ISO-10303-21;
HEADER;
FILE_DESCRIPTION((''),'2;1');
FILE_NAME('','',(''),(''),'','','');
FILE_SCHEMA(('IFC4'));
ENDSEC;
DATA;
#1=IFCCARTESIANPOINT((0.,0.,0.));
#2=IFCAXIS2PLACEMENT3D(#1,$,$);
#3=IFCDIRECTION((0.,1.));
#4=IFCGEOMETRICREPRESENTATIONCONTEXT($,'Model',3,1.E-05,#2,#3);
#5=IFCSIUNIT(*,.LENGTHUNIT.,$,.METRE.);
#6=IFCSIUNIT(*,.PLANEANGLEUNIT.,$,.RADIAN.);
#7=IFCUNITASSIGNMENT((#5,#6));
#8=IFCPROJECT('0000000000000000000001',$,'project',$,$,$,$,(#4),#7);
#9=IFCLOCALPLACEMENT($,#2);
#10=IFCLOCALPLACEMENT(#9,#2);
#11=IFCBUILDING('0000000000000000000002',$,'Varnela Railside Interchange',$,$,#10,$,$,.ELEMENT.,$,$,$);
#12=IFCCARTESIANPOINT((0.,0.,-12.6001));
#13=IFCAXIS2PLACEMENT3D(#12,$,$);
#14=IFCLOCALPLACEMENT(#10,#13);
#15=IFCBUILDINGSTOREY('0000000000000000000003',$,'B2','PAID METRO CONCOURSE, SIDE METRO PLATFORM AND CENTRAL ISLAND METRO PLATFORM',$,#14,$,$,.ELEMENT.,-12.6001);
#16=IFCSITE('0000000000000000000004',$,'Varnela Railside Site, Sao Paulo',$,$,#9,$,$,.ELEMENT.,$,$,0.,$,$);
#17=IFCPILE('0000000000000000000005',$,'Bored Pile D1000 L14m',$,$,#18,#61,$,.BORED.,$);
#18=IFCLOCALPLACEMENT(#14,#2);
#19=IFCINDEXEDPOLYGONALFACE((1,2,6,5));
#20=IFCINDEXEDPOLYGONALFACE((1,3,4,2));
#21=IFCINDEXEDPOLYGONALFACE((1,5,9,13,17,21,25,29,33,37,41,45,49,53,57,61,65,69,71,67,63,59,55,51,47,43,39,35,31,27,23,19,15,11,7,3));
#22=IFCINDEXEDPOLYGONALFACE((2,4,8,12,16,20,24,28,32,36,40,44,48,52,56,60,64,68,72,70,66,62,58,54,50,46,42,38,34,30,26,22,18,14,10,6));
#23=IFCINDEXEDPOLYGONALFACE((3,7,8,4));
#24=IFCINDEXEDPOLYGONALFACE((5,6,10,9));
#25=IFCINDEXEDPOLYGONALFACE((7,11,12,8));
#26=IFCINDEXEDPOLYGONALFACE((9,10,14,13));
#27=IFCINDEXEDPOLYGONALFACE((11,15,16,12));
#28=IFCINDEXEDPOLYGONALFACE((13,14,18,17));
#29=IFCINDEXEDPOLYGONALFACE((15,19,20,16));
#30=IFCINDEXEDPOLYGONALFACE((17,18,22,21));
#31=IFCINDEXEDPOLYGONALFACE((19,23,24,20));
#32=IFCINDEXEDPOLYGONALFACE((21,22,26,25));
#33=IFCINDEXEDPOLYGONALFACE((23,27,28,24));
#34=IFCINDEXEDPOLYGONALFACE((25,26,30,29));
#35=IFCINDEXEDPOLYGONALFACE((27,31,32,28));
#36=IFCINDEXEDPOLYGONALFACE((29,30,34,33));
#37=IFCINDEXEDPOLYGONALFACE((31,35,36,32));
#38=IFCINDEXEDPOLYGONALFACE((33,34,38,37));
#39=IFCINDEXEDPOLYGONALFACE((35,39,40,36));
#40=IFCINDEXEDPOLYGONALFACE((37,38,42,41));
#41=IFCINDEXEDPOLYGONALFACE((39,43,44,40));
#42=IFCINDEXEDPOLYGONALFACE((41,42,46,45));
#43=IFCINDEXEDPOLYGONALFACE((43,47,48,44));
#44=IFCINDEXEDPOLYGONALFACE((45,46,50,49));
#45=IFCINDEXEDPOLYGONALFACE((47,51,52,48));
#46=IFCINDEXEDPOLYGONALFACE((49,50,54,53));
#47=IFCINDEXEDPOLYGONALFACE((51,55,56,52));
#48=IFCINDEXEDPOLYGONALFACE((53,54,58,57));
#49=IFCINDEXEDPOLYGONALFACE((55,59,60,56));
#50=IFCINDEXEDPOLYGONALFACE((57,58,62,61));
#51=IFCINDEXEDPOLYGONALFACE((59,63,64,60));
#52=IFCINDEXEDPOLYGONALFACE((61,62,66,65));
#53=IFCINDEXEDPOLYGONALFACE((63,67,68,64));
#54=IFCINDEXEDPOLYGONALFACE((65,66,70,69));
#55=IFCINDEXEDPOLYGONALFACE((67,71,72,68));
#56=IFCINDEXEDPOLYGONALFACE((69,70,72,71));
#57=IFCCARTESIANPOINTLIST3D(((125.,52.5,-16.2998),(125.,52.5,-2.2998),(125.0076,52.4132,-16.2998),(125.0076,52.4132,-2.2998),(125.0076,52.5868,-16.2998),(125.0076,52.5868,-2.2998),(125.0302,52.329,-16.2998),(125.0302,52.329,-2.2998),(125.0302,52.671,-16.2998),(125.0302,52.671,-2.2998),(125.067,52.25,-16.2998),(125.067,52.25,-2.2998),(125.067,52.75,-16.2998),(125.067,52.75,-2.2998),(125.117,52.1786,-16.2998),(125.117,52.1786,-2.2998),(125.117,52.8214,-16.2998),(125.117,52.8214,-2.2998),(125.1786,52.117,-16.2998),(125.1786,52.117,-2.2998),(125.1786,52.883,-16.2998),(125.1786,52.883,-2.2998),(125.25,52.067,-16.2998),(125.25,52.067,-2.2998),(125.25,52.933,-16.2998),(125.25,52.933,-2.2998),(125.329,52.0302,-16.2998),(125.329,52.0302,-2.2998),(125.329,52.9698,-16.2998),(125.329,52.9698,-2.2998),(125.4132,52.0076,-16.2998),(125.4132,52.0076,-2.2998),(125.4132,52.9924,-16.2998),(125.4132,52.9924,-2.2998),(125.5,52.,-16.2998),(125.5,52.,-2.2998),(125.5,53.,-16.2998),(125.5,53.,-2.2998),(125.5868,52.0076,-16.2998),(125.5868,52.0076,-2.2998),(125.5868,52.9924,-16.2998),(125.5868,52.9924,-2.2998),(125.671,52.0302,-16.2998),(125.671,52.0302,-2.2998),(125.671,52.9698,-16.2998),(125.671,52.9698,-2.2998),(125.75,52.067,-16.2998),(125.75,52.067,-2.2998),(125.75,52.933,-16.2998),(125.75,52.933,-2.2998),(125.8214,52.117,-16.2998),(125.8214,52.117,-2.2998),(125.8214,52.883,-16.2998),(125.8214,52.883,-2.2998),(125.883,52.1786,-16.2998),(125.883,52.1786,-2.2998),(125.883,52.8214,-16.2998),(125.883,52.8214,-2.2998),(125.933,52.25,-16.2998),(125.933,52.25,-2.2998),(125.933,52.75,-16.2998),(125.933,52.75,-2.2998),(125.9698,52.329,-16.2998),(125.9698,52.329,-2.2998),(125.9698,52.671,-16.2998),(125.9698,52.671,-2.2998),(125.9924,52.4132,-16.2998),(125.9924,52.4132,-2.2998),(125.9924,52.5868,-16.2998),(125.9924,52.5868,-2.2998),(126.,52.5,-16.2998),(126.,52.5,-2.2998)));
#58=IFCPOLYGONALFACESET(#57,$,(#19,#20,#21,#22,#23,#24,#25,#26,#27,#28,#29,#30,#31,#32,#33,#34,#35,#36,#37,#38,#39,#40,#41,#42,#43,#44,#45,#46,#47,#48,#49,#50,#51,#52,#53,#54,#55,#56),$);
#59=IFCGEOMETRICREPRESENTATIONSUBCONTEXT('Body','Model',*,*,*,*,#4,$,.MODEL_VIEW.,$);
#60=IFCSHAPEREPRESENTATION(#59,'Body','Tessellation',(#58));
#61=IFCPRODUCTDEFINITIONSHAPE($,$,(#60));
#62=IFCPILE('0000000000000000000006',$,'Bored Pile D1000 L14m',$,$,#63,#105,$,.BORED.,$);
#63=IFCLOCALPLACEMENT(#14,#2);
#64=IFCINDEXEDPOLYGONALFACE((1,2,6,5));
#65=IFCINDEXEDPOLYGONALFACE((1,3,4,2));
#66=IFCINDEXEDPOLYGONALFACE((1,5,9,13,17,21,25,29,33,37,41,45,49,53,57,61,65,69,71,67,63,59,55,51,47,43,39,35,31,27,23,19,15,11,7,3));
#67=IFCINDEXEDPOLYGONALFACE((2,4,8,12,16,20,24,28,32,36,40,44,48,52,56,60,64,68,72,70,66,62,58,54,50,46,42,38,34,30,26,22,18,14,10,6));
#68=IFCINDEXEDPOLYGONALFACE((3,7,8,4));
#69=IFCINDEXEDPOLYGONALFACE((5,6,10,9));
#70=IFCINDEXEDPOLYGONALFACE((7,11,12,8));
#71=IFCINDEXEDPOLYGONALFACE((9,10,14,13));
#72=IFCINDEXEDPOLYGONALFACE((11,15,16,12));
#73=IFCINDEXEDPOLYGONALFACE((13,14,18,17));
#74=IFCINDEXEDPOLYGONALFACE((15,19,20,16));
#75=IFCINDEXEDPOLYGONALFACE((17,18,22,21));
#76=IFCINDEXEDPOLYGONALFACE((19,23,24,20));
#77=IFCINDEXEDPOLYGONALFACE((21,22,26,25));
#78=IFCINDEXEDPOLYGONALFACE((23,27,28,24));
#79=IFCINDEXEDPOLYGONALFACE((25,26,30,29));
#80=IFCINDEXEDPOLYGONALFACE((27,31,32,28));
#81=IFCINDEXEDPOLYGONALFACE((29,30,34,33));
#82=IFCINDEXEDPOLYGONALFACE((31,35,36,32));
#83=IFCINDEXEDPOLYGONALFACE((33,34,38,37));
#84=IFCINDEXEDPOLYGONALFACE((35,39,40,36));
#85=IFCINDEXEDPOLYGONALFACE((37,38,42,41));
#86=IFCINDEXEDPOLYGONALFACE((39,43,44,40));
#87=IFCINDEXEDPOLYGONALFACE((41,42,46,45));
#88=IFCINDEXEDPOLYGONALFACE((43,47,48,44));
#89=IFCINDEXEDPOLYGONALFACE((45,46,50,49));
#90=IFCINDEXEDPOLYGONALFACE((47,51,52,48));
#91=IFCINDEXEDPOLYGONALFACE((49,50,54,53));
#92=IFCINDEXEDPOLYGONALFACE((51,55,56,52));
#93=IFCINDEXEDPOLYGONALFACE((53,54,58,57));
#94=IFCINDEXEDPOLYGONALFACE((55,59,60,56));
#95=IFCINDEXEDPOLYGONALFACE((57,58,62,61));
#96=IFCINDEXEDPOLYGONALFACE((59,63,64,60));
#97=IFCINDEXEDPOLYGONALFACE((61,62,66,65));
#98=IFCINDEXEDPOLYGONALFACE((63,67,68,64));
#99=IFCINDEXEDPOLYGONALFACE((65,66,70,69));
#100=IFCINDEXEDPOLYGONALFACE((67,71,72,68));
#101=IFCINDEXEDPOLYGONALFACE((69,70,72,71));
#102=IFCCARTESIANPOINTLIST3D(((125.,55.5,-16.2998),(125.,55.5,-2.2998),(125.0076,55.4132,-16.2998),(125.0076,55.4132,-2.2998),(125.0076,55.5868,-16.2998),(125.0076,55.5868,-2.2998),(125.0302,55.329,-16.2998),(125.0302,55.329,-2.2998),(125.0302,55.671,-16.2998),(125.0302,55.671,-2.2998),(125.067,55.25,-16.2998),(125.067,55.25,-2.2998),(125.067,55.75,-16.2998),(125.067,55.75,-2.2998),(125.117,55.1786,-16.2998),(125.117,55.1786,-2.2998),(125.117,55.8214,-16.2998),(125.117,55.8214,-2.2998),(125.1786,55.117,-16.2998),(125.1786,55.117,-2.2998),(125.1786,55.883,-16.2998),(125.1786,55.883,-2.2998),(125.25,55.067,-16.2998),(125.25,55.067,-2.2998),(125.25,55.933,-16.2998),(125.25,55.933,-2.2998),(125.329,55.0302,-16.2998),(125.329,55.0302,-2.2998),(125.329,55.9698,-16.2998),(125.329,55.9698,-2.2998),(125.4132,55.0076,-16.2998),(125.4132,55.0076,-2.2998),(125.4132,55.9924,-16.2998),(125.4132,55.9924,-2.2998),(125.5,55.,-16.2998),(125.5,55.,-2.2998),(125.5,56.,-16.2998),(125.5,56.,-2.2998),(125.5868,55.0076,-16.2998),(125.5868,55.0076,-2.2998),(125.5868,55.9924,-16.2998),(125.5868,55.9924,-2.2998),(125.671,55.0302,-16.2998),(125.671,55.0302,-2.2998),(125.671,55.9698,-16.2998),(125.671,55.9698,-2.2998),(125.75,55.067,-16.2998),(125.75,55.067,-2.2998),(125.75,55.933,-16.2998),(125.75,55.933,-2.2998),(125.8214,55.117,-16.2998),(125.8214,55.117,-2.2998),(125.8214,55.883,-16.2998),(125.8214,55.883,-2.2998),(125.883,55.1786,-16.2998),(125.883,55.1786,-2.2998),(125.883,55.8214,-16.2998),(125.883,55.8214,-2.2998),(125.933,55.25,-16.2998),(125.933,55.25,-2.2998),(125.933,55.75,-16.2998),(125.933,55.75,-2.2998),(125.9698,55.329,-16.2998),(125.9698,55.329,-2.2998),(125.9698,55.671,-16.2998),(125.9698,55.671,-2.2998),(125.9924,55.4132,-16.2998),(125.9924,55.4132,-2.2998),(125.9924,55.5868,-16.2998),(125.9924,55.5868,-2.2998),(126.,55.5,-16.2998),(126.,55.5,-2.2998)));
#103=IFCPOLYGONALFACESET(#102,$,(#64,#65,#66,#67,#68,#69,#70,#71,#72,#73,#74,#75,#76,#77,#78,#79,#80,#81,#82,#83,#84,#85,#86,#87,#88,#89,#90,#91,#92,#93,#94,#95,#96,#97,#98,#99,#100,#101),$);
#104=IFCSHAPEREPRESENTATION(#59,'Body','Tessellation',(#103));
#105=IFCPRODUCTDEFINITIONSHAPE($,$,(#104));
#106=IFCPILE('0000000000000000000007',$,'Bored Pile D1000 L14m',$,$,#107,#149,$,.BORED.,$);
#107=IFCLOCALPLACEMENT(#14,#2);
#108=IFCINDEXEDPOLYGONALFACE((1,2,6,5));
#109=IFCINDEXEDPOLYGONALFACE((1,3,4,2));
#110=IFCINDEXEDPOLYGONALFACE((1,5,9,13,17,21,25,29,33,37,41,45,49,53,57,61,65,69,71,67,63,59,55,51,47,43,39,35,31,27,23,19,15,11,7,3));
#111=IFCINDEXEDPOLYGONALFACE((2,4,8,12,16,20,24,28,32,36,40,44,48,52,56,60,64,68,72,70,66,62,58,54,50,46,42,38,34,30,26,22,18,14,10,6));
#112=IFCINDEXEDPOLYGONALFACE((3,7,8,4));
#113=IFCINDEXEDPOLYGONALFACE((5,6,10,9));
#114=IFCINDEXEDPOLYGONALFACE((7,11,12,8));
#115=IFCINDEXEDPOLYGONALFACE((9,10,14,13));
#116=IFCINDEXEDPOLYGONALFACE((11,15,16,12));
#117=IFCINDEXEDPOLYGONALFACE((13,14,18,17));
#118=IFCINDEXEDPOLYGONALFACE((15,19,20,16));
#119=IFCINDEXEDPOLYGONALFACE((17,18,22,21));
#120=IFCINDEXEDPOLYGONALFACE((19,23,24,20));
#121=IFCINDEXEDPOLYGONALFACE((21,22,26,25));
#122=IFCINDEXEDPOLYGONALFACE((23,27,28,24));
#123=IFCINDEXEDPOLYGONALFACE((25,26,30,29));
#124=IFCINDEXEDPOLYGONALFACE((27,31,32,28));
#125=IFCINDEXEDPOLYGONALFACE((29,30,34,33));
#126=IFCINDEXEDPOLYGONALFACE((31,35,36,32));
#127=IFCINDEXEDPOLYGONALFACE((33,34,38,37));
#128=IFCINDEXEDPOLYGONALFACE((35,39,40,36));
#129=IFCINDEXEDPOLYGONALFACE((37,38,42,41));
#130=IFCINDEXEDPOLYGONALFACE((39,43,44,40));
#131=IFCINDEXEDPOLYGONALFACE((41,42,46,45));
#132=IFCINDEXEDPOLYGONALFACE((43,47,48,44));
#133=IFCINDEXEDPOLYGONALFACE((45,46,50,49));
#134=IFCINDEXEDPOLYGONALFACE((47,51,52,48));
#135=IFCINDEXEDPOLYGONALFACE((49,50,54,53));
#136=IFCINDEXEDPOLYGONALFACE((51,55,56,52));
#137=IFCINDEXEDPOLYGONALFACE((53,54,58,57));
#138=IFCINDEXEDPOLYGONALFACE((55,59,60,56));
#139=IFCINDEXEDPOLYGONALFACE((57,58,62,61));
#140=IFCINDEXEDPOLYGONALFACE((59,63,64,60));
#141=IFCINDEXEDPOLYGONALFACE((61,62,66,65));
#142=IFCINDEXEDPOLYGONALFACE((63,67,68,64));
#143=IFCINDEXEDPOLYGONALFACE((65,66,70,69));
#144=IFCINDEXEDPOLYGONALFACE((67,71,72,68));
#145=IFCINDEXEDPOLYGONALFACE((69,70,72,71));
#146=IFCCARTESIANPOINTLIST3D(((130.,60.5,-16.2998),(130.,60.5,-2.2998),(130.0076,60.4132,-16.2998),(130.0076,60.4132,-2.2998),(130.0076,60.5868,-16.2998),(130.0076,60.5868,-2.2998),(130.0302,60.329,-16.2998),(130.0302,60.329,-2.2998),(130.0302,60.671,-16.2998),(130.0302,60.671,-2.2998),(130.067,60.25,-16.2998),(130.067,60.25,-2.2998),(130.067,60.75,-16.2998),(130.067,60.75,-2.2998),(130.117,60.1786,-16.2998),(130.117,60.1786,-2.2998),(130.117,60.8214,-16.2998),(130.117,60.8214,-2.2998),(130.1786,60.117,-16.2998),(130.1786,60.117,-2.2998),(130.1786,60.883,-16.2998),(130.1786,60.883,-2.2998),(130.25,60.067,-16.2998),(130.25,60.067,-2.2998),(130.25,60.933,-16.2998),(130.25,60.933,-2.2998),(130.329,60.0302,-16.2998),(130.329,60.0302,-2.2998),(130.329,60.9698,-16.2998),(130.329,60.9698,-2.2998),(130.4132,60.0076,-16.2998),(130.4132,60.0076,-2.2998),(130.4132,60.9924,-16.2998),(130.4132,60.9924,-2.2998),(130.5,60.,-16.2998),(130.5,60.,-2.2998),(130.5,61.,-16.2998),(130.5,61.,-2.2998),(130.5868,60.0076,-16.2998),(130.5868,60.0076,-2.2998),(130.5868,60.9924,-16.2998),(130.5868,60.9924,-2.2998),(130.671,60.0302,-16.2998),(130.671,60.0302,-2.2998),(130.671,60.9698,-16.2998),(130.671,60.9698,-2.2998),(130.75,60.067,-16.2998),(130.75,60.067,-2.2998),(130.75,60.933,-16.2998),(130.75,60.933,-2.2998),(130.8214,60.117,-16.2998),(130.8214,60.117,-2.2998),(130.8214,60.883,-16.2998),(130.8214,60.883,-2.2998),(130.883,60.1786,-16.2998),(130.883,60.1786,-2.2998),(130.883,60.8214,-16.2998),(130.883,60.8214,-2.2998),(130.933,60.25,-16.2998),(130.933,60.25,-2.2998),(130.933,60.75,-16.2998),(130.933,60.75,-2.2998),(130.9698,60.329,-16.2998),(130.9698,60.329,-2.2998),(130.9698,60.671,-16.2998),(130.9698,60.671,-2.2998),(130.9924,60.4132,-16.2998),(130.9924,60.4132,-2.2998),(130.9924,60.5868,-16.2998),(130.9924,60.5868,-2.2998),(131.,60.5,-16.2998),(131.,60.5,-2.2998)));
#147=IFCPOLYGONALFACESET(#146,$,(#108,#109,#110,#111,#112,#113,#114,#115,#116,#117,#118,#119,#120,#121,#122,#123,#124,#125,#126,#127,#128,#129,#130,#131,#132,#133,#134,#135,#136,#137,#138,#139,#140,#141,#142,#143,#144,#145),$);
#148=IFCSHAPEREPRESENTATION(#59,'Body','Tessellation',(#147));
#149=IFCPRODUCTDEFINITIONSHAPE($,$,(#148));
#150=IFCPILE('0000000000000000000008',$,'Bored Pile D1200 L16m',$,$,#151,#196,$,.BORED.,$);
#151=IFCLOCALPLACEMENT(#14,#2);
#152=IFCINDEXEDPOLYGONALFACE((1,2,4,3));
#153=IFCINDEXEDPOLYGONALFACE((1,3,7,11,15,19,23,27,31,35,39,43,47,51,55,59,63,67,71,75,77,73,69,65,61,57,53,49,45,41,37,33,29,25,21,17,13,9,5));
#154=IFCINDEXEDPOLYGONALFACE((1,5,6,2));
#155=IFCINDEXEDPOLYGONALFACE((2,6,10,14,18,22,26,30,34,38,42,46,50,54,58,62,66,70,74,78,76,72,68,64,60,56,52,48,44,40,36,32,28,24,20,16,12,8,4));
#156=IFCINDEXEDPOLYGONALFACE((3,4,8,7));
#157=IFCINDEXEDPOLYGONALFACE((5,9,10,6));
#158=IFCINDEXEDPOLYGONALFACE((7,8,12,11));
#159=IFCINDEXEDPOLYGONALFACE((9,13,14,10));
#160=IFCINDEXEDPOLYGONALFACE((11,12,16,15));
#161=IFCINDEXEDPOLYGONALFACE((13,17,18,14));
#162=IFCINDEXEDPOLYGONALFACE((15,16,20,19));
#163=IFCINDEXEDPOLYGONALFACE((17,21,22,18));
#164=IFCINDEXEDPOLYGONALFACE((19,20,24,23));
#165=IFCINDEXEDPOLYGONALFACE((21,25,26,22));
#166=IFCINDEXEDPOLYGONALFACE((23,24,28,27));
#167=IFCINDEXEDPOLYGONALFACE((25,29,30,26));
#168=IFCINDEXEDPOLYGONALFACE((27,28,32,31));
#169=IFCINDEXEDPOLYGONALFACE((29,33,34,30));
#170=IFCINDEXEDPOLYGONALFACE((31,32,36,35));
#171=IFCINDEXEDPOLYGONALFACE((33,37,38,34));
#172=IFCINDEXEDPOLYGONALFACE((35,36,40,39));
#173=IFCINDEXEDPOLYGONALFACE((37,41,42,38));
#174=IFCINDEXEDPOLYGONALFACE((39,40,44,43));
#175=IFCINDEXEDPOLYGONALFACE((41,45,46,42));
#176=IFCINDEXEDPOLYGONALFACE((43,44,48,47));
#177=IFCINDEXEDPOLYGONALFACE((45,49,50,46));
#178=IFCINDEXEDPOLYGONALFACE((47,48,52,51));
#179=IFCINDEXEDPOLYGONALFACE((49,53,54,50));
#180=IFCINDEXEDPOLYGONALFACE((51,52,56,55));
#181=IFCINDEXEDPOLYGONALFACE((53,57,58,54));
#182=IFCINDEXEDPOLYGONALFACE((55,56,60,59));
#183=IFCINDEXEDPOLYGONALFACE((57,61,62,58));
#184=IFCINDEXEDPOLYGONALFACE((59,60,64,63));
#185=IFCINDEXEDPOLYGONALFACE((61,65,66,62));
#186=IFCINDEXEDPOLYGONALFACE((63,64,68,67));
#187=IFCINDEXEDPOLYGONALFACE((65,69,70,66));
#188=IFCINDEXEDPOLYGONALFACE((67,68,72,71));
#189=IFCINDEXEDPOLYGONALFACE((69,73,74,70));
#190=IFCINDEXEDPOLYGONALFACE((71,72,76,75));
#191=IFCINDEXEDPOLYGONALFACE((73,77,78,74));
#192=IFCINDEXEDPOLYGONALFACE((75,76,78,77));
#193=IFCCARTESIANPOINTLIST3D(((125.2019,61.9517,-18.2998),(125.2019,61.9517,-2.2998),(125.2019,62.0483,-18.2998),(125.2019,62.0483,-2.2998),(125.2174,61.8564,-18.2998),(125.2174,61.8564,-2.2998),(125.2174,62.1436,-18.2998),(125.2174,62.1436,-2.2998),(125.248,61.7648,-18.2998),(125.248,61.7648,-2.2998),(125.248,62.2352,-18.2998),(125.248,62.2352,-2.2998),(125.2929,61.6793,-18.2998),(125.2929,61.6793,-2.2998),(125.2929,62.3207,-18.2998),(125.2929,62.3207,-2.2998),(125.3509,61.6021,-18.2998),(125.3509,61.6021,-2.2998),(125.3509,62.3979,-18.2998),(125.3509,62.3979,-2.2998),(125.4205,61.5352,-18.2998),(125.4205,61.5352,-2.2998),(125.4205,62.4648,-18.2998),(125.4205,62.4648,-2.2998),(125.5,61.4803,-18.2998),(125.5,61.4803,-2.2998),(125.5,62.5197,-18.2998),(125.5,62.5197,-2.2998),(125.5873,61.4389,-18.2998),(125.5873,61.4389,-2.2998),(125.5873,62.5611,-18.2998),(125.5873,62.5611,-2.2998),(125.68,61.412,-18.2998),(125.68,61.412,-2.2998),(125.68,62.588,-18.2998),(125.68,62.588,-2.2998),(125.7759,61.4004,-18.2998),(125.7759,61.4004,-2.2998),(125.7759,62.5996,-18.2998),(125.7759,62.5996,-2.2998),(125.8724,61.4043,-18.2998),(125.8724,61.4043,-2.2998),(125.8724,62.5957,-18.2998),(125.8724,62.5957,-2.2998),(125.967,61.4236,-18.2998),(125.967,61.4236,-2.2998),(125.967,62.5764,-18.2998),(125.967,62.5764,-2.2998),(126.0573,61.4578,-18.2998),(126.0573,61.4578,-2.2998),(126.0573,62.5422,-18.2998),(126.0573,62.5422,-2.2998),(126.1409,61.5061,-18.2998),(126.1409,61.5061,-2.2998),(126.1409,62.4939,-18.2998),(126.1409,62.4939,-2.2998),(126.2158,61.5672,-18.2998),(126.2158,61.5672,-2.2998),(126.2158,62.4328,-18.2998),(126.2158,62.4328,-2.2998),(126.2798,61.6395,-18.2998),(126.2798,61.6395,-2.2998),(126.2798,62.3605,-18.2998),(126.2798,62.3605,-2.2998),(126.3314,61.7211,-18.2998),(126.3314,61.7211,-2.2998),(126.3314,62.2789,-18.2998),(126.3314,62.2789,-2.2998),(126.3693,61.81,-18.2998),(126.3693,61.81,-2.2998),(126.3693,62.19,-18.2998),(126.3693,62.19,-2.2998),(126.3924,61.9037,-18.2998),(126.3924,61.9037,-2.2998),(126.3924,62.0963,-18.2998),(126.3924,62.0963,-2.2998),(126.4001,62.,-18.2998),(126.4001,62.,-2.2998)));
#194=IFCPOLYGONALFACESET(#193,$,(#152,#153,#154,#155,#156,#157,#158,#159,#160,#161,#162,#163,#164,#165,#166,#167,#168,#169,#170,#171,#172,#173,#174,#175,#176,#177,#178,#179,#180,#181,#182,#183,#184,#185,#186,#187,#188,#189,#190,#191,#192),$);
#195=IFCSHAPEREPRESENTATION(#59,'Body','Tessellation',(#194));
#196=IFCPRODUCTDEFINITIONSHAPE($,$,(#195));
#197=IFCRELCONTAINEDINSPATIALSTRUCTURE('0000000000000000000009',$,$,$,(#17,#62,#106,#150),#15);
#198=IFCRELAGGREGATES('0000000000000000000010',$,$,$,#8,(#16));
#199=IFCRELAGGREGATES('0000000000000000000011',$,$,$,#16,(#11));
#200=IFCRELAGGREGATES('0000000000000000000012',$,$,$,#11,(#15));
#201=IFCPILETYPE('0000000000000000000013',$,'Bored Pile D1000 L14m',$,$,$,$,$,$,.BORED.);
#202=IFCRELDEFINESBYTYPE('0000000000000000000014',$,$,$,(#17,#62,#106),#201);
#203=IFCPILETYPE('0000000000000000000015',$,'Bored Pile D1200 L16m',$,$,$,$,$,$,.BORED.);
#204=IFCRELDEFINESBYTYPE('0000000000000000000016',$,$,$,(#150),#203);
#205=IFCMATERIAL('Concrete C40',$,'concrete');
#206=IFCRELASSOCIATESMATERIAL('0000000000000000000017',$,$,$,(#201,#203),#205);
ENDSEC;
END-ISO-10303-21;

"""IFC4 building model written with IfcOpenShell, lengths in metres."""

from ifc_helpers import new_model, si_unit, direction, frame, origin, origin_2d, place, context, subcontext, project, spatial, circle, extrude, material, material_profile, profile_set, type_object, element, save


model = new_model("IFC4")

# Units and contexts
model_context = context("Model", 3, precision=1e-05, world=origin(), true_north=direction((0.0, 1.0)))
body_context = subcontext(model_context, "Body", "Model", "MODEL_VIEW")
ifc_project = project(units=[si_unit("LENGTHUNIT", "METRE"), si_unit("PLANEANGLEUNIT", "RADIAN")], contexts=[model_context])

# Site, building, storey
site_placement = place(None, origin())
site = spatial("IfcSite", under=ifc_project, at=site_placement, Name="Varnela Railside Site, Sao Paulo", CompositionType="ELEMENT", RefElevation=0.0)
building_placement = place(site_placement, origin())
building = spatial("IfcBuilding", under=site, at=building_placement, Name="Varnela Railside Interchange", CompositionType="ELEMENT")
storey_placement = place(building_placement, frame((0.0, 0.0, -12.6001)))
storey = spatial("IfcBuildingStorey", under=building, at=storey_placement, Name="B2", Description="PAID METRO CONCOURSE, SIDE METRO PLATFORM AND CENTRAL ISLAND METRO PLATFORM", CompositionType="ELEMENT", Elevation=-12.6001)

# Piles
ifc_material_1 = material(Name="Concrete C40", Category="concrete")
ifc_material_profile_1 = material_profile(ifc_material_1, circle(Radius=0.5, at=origin_2d()), Name="BORED PILE D1000")
ifc_profile_set_1 = profile_set([ifc_material_profile_1], Name="Concrete C40")
pile_type_1 = type_object("IfcPileType", Name="Bored Pile D1000 L14m", PredefinedType="BORED", material=ifc_profile_set_1)
for number, where, z_axis, x_axis, name in (
    (1, (125.5, 52.5, -2.2998), (0.0, 0.0, -1.0), (1.0, 0.0, 0.0), "Bored Pile D1000 L14m"),
    (2, (125.5, 55.5, -2.2998), (0.0, 0.0, -1.0), (1.0, 0.0, 0.0), "Bored Pile D1000 L14m"),
    (3, (130.5, 60.5, -2.2998), (0.0, 0.0, -1.0), (1.0, 0.0, 0.0), "Bored Pile D1000 L14m"),
):
    element("IfcPile", number, at=place(storey_placement, frame(where, z_axis=z_axis, x_axis=x_axis)), inside=storey, type_object=pile_type_1, Name=name, PredefinedType="BORED", context=body_context, shape_type="SweptSolid", body=[
        extrude(circle(Radius=0.5, at=origin_2d()), origin(), (0.0, 0.0, 1.0), 14.0),
    ])
ifc_material_profile_2 = material_profile(ifc_material_1, circle(Radius=0.6001, at=origin_2d()), Name="BORED PILE D1200")
ifc_profile_set_2 = profile_set([ifc_material_profile_2], Name="Concrete C40")
pile_type_2 = type_object("IfcPileType", Name="Bored Pile D1200 L16m", PredefinedType="BORED", material=ifc_profile_set_2)
for number, where, z_axis, x_axis, name in (
    (4, (125.8, 62.0, -2.2998), (0.0, 0.0, -1.0), (1.0, 0.0, 0.0), "Bored Pile D1200 L16m"),
):
    element("IfcPile", number, at=place(storey_placement, frame(where, z_axis=z_axis, x_axis=x_axis)), inside=storey, type_object=pile_type_2, Name=name, PredefinedType="BORED", context=body_context, shape_type="SweptSolid", body=[
        extrude(circle(Radius=0.6001, at=origin_2d()), origin(), (0.0, 0.0, 1.0), 16.0),
    ])

save(model, "model.ifc")
